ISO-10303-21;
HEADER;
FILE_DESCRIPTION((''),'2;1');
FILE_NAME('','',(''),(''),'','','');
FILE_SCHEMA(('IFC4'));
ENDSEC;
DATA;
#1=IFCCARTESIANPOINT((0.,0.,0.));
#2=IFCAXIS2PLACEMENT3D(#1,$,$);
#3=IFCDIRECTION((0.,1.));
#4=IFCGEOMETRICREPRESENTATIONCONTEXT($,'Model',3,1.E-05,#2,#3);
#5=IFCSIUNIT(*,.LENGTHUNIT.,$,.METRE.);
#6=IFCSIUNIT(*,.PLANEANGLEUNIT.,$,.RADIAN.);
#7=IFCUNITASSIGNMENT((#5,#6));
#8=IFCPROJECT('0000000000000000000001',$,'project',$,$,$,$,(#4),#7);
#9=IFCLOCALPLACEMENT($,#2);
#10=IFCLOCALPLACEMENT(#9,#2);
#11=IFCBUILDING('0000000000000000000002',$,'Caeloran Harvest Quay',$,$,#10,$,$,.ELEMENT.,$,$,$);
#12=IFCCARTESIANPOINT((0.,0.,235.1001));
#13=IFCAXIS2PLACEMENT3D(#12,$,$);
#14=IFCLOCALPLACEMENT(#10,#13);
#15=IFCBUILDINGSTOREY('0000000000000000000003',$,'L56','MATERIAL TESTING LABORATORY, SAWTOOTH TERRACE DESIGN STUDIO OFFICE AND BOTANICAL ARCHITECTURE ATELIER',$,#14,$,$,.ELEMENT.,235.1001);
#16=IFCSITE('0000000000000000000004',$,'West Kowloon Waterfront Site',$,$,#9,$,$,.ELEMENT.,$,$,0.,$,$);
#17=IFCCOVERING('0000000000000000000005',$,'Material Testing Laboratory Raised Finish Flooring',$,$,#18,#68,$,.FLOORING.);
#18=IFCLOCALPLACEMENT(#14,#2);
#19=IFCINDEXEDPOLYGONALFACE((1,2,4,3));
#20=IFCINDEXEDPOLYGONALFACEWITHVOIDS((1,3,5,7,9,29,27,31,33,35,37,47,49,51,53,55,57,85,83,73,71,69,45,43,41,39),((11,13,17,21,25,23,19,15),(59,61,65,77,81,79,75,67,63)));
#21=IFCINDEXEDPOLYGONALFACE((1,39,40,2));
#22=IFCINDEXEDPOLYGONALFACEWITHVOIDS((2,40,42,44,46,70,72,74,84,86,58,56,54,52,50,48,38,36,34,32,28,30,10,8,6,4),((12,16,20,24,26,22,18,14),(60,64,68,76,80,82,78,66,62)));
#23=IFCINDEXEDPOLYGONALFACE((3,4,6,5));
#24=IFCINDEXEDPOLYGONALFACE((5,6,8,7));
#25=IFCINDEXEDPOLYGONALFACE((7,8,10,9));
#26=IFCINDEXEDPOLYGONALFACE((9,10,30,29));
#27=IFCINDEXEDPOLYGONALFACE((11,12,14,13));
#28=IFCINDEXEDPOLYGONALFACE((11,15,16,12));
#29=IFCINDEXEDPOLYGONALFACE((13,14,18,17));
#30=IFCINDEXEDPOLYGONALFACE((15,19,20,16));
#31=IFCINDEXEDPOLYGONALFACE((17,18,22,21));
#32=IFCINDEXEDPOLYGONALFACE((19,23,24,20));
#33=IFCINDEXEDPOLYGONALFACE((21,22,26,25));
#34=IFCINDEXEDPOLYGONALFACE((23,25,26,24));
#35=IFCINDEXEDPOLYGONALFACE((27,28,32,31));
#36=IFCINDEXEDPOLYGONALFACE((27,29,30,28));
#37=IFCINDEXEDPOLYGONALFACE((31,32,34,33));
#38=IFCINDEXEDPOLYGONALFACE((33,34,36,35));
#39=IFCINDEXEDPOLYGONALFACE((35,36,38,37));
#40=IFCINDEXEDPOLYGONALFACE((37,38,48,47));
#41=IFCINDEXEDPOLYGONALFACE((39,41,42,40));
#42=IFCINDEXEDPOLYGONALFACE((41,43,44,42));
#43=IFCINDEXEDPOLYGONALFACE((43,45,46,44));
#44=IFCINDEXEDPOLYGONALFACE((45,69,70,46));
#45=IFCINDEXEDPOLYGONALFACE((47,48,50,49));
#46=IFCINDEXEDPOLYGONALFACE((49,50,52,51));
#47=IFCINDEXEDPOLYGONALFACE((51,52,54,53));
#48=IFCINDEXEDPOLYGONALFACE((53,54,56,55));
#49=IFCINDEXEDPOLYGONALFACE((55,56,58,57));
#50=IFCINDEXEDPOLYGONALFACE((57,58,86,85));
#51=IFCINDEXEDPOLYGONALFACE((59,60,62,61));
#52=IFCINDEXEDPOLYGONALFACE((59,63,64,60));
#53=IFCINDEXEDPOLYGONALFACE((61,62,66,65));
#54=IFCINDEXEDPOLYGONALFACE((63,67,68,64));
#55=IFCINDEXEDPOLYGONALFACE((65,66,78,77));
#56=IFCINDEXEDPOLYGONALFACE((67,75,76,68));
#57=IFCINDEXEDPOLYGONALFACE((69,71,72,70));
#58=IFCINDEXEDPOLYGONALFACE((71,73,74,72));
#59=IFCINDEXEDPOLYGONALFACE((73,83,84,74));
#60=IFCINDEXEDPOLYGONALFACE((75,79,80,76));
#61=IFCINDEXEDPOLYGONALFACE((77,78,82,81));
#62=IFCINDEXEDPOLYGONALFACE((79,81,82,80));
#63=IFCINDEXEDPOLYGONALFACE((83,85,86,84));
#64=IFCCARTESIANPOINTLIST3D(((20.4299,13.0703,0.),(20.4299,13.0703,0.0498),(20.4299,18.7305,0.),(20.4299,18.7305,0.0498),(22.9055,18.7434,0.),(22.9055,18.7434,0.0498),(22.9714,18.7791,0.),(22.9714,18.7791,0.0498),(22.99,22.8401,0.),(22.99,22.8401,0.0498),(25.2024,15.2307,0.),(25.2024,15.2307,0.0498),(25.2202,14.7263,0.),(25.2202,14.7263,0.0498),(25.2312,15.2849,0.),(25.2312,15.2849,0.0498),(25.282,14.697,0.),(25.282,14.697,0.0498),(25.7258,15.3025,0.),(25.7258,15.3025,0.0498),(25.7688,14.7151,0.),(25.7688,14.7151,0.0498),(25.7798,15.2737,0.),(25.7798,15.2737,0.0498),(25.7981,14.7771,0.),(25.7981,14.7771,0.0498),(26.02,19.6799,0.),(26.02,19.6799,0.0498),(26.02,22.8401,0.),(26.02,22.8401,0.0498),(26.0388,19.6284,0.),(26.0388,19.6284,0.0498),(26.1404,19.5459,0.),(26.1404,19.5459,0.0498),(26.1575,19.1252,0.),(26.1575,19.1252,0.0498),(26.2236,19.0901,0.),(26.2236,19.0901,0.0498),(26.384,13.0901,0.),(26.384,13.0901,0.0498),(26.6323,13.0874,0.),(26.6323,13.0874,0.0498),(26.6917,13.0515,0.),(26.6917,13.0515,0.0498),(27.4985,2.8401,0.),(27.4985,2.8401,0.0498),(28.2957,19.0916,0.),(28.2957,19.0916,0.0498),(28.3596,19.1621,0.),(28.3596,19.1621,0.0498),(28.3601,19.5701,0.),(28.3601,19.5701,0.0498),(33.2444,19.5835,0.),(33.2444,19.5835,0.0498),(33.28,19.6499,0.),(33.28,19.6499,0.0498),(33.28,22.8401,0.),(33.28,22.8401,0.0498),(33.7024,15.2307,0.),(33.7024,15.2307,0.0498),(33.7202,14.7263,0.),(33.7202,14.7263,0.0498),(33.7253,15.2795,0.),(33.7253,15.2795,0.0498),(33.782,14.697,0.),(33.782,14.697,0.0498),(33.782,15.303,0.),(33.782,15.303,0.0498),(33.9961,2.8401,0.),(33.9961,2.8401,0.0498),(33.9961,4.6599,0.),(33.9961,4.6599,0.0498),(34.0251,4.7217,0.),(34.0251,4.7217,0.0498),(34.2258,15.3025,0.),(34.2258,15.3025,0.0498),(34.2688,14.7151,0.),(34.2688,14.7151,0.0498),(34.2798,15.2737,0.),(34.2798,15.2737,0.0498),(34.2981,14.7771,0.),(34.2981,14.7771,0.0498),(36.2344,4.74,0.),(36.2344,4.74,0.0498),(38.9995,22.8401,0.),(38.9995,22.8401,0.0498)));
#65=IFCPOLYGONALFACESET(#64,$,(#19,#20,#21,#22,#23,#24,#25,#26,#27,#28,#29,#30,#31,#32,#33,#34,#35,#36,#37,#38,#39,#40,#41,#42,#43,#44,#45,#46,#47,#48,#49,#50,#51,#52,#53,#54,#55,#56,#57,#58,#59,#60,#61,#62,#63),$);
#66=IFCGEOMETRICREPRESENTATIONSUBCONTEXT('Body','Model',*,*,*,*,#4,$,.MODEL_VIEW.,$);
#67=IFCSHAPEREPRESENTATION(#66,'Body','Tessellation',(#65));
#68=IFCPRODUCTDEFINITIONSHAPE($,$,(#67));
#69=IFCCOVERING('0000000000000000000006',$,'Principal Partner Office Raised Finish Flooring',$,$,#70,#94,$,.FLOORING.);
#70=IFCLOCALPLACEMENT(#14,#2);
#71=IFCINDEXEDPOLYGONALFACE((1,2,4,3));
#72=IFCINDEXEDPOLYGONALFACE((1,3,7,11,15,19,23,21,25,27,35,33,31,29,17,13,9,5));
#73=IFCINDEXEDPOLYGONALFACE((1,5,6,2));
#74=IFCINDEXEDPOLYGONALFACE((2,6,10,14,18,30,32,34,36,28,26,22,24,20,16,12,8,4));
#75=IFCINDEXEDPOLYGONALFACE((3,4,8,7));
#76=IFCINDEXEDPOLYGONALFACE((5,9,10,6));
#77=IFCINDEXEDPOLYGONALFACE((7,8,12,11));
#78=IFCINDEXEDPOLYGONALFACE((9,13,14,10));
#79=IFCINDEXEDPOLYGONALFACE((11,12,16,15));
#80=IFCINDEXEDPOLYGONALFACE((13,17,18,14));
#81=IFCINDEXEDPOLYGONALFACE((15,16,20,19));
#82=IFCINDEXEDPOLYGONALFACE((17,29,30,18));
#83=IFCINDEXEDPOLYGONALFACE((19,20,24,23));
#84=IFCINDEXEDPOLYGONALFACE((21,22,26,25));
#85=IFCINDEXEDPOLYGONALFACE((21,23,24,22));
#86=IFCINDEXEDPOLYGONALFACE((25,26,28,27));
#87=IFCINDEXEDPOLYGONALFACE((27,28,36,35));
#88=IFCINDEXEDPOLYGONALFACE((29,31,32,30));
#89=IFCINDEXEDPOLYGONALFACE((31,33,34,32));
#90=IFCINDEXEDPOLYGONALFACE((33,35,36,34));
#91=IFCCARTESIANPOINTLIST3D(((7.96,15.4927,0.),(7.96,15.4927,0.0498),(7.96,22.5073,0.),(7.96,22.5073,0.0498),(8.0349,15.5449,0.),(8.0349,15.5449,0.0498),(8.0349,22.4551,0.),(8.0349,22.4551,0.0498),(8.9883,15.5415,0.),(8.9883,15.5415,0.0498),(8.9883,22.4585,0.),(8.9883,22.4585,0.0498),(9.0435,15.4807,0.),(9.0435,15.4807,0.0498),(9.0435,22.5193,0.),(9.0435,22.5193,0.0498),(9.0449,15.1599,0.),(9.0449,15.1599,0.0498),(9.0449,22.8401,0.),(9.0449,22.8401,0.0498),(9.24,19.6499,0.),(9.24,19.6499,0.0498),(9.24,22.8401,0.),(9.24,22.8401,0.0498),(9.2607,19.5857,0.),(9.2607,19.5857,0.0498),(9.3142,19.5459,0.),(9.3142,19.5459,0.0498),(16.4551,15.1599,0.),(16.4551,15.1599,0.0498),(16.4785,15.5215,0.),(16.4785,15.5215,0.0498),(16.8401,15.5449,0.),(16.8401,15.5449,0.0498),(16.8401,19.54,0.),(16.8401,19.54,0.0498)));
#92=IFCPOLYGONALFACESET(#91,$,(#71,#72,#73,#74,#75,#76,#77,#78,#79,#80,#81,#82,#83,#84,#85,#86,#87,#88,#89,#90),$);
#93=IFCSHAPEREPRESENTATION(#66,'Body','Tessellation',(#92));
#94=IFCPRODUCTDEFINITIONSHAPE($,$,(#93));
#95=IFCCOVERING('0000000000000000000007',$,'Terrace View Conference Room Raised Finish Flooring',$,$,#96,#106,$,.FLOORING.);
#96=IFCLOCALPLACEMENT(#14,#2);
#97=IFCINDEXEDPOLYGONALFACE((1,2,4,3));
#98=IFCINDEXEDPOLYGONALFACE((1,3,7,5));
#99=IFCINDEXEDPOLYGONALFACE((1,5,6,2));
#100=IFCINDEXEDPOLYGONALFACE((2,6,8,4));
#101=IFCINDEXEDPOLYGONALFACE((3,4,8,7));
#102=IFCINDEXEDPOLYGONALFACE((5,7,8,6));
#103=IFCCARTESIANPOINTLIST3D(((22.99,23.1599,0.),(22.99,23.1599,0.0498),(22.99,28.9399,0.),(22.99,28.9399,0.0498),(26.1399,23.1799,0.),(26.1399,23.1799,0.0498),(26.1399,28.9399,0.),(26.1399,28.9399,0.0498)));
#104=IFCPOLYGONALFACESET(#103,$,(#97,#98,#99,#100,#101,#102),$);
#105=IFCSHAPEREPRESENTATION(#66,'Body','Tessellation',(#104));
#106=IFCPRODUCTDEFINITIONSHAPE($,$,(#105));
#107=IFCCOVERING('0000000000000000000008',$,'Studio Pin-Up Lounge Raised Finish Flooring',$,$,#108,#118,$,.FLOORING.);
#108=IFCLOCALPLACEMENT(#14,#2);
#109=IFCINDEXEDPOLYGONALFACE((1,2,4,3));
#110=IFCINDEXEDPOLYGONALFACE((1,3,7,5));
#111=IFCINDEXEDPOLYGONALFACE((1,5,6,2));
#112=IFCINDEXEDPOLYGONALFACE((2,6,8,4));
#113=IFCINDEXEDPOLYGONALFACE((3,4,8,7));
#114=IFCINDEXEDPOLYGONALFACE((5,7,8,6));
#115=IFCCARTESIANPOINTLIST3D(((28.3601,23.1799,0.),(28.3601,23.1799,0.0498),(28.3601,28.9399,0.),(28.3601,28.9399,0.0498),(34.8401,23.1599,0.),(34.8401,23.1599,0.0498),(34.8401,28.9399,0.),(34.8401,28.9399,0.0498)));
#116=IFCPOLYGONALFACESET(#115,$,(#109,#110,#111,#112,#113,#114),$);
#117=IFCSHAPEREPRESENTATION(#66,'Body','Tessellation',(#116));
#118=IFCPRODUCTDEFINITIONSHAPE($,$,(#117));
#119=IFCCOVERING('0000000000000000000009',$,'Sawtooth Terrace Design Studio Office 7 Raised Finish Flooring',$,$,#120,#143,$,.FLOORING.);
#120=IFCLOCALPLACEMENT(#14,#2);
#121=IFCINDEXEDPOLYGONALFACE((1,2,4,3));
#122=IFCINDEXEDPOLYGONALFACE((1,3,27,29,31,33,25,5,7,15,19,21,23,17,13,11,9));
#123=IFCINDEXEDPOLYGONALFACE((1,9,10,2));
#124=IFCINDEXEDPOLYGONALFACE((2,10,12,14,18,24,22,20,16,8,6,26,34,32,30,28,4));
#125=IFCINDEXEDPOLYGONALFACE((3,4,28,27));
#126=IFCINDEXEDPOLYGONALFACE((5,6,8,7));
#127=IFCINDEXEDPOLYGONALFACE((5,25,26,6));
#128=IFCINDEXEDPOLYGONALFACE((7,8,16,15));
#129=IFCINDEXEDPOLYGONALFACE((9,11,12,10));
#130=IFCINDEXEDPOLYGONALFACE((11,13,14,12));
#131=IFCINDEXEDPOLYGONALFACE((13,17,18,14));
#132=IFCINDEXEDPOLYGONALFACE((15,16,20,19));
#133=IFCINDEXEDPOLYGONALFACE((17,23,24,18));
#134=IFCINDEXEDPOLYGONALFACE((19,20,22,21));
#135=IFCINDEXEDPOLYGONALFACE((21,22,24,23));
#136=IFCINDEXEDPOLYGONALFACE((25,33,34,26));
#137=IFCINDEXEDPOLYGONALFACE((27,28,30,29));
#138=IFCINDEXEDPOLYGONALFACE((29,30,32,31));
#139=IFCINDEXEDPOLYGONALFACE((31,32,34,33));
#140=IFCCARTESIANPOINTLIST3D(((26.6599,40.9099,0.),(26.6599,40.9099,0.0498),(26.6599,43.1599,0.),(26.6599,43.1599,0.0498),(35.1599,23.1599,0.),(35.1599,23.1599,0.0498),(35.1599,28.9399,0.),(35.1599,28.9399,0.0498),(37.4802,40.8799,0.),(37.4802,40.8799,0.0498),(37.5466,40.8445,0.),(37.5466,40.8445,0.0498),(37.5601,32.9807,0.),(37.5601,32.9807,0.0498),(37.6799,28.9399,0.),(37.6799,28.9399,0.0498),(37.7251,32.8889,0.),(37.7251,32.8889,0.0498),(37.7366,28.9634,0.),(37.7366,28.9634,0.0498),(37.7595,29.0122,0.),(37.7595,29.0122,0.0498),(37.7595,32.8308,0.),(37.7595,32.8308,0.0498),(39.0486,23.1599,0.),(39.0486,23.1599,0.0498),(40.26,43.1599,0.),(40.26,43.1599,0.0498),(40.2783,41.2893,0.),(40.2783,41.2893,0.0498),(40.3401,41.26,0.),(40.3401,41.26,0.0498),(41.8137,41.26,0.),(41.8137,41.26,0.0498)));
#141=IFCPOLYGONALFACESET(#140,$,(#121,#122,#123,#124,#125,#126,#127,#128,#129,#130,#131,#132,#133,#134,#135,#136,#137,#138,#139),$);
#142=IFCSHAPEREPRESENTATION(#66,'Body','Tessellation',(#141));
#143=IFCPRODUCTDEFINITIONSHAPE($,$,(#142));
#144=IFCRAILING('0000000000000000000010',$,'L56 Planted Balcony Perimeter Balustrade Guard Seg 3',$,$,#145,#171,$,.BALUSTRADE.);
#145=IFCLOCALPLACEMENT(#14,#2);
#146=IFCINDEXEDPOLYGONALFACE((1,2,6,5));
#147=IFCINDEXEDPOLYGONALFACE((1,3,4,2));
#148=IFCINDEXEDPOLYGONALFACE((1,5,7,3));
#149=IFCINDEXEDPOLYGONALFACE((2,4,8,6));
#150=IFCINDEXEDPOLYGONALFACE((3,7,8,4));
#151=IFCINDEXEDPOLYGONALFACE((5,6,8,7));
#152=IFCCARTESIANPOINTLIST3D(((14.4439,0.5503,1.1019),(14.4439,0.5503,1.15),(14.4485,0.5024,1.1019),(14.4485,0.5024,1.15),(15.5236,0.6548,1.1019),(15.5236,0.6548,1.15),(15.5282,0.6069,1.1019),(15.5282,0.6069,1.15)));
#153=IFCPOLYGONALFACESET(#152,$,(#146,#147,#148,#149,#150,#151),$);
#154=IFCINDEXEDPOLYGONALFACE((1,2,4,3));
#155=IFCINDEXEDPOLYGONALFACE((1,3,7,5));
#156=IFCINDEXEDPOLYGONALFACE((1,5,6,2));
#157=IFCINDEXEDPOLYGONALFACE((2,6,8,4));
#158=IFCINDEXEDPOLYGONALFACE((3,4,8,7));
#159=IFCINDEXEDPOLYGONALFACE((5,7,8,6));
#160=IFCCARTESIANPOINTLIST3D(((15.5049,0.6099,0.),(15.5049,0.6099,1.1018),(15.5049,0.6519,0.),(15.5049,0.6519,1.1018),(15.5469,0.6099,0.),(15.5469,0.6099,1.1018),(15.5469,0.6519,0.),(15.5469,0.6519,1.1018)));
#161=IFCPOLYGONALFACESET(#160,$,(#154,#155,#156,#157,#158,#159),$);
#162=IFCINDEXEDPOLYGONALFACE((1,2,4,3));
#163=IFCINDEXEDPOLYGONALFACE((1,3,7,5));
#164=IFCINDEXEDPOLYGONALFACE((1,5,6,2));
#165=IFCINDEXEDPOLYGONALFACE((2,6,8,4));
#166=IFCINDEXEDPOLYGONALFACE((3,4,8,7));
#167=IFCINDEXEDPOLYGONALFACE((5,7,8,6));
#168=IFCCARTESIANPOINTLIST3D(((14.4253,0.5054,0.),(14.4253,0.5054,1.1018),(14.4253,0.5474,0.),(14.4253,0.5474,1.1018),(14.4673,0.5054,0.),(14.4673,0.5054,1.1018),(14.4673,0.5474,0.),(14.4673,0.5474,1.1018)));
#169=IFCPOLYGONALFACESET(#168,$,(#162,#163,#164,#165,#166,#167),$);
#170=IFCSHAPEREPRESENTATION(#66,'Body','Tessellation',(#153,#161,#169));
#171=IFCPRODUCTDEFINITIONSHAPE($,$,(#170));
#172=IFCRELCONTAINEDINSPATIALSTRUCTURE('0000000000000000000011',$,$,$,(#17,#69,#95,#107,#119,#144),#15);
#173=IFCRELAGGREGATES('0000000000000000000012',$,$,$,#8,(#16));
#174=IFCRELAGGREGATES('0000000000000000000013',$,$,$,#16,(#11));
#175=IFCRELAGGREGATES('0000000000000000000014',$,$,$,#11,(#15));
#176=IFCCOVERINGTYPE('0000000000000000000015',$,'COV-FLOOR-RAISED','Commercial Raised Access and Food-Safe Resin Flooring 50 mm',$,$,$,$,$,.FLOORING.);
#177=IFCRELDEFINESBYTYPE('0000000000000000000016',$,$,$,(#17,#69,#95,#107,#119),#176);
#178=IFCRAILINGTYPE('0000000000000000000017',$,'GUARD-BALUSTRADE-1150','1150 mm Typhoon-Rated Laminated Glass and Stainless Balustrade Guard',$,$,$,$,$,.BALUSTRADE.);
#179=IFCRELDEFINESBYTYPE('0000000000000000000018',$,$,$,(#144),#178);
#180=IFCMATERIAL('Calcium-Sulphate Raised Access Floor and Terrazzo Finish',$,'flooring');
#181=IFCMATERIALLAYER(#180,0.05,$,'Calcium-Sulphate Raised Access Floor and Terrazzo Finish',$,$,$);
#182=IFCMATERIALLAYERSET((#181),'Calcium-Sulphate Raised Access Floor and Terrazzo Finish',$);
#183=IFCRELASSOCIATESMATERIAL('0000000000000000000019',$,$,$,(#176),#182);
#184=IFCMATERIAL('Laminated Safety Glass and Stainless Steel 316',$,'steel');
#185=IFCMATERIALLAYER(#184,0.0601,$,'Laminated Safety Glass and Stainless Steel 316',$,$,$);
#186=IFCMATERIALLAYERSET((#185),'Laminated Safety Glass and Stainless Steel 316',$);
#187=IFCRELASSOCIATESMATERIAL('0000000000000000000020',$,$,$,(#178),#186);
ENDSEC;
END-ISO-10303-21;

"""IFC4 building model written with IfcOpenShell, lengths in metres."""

from ifc_helpers import new_model, si_unit, direction, frame, origin, origin_2d, place, context, subcontext, project, spatial, polyline, rectangle, outline, extrude, material, layer, layer_set, type_object, element, save


model = new_model("IFC4")

# Units and contexts
model_context = context("Model", 3, precision=1e-05, world=origin(), true_north=direction((0.0, 1.0)))
body_context = subcontext(model_context, "Body", "Model", "MODEL_VIEW")
ifc_project = project(units=[si_unit("LENGTHUNIT", "METRE"), si_unit("PLANEANGLEUNIT", "RADIAN")], contexts=[model_context])

# Site, building, storey
site_placement = place(None, origin())
site = spatial("IfcSite", under=ifc_project, at=site_placement, Name="West Kowloon Waterfront Site", CompositionType="ELEMENT", RefElevation=0.0)
building_placement = place(site_placement, origin())
building = spatial("IfcBuilding", under=site, at=building_placement, Name="Caeloran Harvest Quay", CompositionType="ELEMENT")
storey_placement = place(building_placement, frame((0.0, 0.0, 235.1001)))
storey = spatial("IfcBuildingStorey", under=building, at=storey_placement, Name="L56", Description="MATERIAL TESTING LABORATORY, SAWTOOTH TERRACE DESIGN STUDIO OFFICE AND BOTANICAL ARCHITECTURE ATELIER", CompositionType="ELEMENT", Elevation=235.1001)

# Coverings
ifc_material_1 = material(Name="Calcium-Sulphate Raised Access Floor and Terrazzo Finish", Category="flooring")
ifc_layer_1 = layer(ifc_material_1, 0.05, Name="Calcium-Sulphate Raised Access Floor and Terrazzo Finish")
ifc_layer_set_1 = layer_set([ifc_layer_1], Name="Calcium-Sulphate Raised Access Floor and Terrazzo Finish")
covering_type_1 = type_object("IfcCoveringType", Name="COV-FLOOR-RAISED", Description="Commercial Raised Access and Food-Safe Resin Flooring 50 mm", PredefinedType="FLOORING", material=ifc_layer_set_1)
covering_1_placement = place(storey_placement, origin())
element("IfcCovering", 1, at=covering_1_placement, inside=storey, type_object=covering_type_1, Name="Material Testing Laboratory Raised Finish Flooring", PredefinedType="FLOORING", context=body_context, shape_type="SweptSolid", body=[
    extrude(outline(polyline([(28.3601, 19.5701), (33.2444, 19.5835), (33.28, 19.6499), (33.28, 22.8401), (38.9995, 22.8401), (36.2344, 4.74), (34.0251, 4.7217), (33.9961, 4.6599), (33.9961, 2.8401), (27.4985, 2.8401), (26.6917, 13.0515), (26.6323, 13.0874), (26.384, 13.0901), (20.4299, 13.0703), (20.4299, 18.7305), (22.9055, 18.7434), (22.9714, 18.7791), (22.99, 22.8401), (26.02, 22.8401), (26.02, 19.6799), (26.0388, 19.6284), (26.1404, 19.5459), (26.1575, 19.1252), (26.2236, 19.0901), (28.2957, 19.0916), (28.3596, 19.1621), (28.3601, 19.5701)]), holes=[polyline([(33.782, 15.303), (33.7253, 15.2795), (33.7024, 15.2307), (33.7202, 14.7263), (33.782, 14.697), (34.2688, 14.7151), (34.2981, 14.7771), (34.2798, 15.2737), (34.2258, 15.3025), (33.782, 15.303)]), polyline([(25.7258, 15.3025), (25.2312, 15.2849), (25.2024, 15.2307), (25.2202, 14.7263), (25.282, 14.697), (25.7688, 14.7151), (25.7981, 14.7771), (25.7798, 15.2737), (25.7258, 15.3025)])]), origin(), (0.0, 0.0, 1.0), 0.0498),
])
covering_2_placement = place(storey_placement, origin())
element("IfcCovering", 2, at=covering_2_placement, inside=storey, type_object=covering_type_1, Name="Principal Partner Office Raised Finish Flooring", PredefinedType="FLOORING", context=body_context, shape_type="SweptSolid", body=[
    extrude(outline(polyline([(7.96, 15.4927), (7.96, 22.5073), (8.0349, 22.4551), (8.9883, 22.4585), (9.0435, 22.5193), (9.0449, 22.8401), (9.24, 22.8401), (9.24, 19.6499), (9.2607, 19.5857), (9.3142, 19.5459), (16.8401, 19.54), (16.8401, 15.5449), (16.4785, 15.5215), (16.4551, 15.1599), (9.0449, 15.1599), (9.0435, 15.4807), (8.9883, 15.5415), (8.0349, 15.5449), (7.96, 15.4927)])), origin(), (0.0, 0.0, 1.0), 0.0498),
])
covering_3_placement = place(storey_placement, origin())
element("IfcCovering", 3, at=covering_3_placement, inside=storey, type_object=covering_type_1, Name="Terrace View Conference Room Raised Finish Flooring", PredefinedType="FLOORING", context=body_context, shape_type="SweptSolid", body=[
    extrude(outline(polyline([(26.1399, 23.1799), (22.99, 23.1599), (22.99, 28.9399), (26.1399, 28.9399), (26.1399, 23.1799)])), origin(), (0.0, 0.0, 1.0), 0.0498),
])
covering_4_placement = place(storey_placement, origin())
element("IfcCovering", 4, at=covering_4_placement, inside=storey, type_object=covering_type_1, Name="Studio Pin-Up Lounge Raised Finish Flooring", PredefinedType="FLOORING", context=body_context, shape_type="SweptSolid", body=[
    extrude(outline(polyline([(34.8401, 23.1599), (28.3601, 23.1799), (28.3601, 28.9399), (34.8401, 28.9399), (34.8401, 23.1599)])), origin(), (0.0, 0.0, 1.0), 0.0498),
])
covering_5_placement = place(storey_placement, origin())
element("IfcCovering", 5, at=covering_5_placement, inside=storey, type_object=covering_type_1, Name="Sawtooth Terrace Design Studio Office 7 Raised Finish Flooring", PredefinedType="FLOORING", context=body_context, shape_type="SweptSolid", body=[
    extrude(outline(polyline([(26.6599, 43.1599), (40.26, 43.1599), (40.2783, 41.2893), (40.3401, 41.26), (41.8137, 41.26), (39.0486, 23.1599), (35.1599, 23.1599), (35.1599, 28.9399), (37.6799, 28.9399), (37.7366, 28.9634), (37.7595, 29.0122), (37.7595, 32.8308), (37.7251, 32.8889), (37.5601, 32.9807), (37.5466, 40.8445), (37.4802, 40.8799), (26.6599, 40.9099), (26.6599, 43.1599)])), origin(), (0.0, 0.0, 1.0), 0.0498),
])

# Railing
ifc_material_2 = material(Name="Laminated Safety Glass and Stainless Steel 316", Category="steel")
ifc_layer_2 = layer(ifc_material_2, 0.0601, Name="Laminated Safety Glass and Stainless Steel 316")
ifc_layer_set_2 = layer_set([ifc_layer_2], Name="Laminated Safety Glass and Stainless Steel 316")
railing_type = type_object("IfcRailingType", Name="GUARD-BALUSTRADE-1150", Description="1150 mm Typhoon-Rated Laminated Glass and Stainless Balustrade Guard", PredefinedType="BALUSTRADE", material=ifc_layer_set_2)
railing_1_placement = place(storey_placement, frame((15.5259, 0.6309, 0.0)))
element("IfcRailing", 6, at=railing_1_placement, inside=storey, type_object=railing_type, Name="L56 Planted Balcony Perimeter Balustrade Guard Seg 3", PredefinedType="BALUSTRADE", context=body_context, shape_type="SweptSolid", body=[
    extrude(rectangle(XDim=0.0481, YDim=0.0481, at=origin_2d()), frame((0.0, 0.0, 1.126), z_axis=(-0.995349, -0.096339, 0.0), x_axis=(0.096339, -0.995349, 0.0)), (0.0, 0.0, 1.0), 1.0847),
    extrude(rectangle(XDim=0.042, YDim=0.042, at=origin_2d()), origin(), (0.0, 0.0, 1.0), 1.1018),
    extrude(rectangle(XDim=0.042, YDim=0.042, at=origin_2d()), frame((-1.0796, -0.1045, 0.0)), (0.0, 0.0, 1.0), 1.1018),
])

save(model, "model.ifc")
